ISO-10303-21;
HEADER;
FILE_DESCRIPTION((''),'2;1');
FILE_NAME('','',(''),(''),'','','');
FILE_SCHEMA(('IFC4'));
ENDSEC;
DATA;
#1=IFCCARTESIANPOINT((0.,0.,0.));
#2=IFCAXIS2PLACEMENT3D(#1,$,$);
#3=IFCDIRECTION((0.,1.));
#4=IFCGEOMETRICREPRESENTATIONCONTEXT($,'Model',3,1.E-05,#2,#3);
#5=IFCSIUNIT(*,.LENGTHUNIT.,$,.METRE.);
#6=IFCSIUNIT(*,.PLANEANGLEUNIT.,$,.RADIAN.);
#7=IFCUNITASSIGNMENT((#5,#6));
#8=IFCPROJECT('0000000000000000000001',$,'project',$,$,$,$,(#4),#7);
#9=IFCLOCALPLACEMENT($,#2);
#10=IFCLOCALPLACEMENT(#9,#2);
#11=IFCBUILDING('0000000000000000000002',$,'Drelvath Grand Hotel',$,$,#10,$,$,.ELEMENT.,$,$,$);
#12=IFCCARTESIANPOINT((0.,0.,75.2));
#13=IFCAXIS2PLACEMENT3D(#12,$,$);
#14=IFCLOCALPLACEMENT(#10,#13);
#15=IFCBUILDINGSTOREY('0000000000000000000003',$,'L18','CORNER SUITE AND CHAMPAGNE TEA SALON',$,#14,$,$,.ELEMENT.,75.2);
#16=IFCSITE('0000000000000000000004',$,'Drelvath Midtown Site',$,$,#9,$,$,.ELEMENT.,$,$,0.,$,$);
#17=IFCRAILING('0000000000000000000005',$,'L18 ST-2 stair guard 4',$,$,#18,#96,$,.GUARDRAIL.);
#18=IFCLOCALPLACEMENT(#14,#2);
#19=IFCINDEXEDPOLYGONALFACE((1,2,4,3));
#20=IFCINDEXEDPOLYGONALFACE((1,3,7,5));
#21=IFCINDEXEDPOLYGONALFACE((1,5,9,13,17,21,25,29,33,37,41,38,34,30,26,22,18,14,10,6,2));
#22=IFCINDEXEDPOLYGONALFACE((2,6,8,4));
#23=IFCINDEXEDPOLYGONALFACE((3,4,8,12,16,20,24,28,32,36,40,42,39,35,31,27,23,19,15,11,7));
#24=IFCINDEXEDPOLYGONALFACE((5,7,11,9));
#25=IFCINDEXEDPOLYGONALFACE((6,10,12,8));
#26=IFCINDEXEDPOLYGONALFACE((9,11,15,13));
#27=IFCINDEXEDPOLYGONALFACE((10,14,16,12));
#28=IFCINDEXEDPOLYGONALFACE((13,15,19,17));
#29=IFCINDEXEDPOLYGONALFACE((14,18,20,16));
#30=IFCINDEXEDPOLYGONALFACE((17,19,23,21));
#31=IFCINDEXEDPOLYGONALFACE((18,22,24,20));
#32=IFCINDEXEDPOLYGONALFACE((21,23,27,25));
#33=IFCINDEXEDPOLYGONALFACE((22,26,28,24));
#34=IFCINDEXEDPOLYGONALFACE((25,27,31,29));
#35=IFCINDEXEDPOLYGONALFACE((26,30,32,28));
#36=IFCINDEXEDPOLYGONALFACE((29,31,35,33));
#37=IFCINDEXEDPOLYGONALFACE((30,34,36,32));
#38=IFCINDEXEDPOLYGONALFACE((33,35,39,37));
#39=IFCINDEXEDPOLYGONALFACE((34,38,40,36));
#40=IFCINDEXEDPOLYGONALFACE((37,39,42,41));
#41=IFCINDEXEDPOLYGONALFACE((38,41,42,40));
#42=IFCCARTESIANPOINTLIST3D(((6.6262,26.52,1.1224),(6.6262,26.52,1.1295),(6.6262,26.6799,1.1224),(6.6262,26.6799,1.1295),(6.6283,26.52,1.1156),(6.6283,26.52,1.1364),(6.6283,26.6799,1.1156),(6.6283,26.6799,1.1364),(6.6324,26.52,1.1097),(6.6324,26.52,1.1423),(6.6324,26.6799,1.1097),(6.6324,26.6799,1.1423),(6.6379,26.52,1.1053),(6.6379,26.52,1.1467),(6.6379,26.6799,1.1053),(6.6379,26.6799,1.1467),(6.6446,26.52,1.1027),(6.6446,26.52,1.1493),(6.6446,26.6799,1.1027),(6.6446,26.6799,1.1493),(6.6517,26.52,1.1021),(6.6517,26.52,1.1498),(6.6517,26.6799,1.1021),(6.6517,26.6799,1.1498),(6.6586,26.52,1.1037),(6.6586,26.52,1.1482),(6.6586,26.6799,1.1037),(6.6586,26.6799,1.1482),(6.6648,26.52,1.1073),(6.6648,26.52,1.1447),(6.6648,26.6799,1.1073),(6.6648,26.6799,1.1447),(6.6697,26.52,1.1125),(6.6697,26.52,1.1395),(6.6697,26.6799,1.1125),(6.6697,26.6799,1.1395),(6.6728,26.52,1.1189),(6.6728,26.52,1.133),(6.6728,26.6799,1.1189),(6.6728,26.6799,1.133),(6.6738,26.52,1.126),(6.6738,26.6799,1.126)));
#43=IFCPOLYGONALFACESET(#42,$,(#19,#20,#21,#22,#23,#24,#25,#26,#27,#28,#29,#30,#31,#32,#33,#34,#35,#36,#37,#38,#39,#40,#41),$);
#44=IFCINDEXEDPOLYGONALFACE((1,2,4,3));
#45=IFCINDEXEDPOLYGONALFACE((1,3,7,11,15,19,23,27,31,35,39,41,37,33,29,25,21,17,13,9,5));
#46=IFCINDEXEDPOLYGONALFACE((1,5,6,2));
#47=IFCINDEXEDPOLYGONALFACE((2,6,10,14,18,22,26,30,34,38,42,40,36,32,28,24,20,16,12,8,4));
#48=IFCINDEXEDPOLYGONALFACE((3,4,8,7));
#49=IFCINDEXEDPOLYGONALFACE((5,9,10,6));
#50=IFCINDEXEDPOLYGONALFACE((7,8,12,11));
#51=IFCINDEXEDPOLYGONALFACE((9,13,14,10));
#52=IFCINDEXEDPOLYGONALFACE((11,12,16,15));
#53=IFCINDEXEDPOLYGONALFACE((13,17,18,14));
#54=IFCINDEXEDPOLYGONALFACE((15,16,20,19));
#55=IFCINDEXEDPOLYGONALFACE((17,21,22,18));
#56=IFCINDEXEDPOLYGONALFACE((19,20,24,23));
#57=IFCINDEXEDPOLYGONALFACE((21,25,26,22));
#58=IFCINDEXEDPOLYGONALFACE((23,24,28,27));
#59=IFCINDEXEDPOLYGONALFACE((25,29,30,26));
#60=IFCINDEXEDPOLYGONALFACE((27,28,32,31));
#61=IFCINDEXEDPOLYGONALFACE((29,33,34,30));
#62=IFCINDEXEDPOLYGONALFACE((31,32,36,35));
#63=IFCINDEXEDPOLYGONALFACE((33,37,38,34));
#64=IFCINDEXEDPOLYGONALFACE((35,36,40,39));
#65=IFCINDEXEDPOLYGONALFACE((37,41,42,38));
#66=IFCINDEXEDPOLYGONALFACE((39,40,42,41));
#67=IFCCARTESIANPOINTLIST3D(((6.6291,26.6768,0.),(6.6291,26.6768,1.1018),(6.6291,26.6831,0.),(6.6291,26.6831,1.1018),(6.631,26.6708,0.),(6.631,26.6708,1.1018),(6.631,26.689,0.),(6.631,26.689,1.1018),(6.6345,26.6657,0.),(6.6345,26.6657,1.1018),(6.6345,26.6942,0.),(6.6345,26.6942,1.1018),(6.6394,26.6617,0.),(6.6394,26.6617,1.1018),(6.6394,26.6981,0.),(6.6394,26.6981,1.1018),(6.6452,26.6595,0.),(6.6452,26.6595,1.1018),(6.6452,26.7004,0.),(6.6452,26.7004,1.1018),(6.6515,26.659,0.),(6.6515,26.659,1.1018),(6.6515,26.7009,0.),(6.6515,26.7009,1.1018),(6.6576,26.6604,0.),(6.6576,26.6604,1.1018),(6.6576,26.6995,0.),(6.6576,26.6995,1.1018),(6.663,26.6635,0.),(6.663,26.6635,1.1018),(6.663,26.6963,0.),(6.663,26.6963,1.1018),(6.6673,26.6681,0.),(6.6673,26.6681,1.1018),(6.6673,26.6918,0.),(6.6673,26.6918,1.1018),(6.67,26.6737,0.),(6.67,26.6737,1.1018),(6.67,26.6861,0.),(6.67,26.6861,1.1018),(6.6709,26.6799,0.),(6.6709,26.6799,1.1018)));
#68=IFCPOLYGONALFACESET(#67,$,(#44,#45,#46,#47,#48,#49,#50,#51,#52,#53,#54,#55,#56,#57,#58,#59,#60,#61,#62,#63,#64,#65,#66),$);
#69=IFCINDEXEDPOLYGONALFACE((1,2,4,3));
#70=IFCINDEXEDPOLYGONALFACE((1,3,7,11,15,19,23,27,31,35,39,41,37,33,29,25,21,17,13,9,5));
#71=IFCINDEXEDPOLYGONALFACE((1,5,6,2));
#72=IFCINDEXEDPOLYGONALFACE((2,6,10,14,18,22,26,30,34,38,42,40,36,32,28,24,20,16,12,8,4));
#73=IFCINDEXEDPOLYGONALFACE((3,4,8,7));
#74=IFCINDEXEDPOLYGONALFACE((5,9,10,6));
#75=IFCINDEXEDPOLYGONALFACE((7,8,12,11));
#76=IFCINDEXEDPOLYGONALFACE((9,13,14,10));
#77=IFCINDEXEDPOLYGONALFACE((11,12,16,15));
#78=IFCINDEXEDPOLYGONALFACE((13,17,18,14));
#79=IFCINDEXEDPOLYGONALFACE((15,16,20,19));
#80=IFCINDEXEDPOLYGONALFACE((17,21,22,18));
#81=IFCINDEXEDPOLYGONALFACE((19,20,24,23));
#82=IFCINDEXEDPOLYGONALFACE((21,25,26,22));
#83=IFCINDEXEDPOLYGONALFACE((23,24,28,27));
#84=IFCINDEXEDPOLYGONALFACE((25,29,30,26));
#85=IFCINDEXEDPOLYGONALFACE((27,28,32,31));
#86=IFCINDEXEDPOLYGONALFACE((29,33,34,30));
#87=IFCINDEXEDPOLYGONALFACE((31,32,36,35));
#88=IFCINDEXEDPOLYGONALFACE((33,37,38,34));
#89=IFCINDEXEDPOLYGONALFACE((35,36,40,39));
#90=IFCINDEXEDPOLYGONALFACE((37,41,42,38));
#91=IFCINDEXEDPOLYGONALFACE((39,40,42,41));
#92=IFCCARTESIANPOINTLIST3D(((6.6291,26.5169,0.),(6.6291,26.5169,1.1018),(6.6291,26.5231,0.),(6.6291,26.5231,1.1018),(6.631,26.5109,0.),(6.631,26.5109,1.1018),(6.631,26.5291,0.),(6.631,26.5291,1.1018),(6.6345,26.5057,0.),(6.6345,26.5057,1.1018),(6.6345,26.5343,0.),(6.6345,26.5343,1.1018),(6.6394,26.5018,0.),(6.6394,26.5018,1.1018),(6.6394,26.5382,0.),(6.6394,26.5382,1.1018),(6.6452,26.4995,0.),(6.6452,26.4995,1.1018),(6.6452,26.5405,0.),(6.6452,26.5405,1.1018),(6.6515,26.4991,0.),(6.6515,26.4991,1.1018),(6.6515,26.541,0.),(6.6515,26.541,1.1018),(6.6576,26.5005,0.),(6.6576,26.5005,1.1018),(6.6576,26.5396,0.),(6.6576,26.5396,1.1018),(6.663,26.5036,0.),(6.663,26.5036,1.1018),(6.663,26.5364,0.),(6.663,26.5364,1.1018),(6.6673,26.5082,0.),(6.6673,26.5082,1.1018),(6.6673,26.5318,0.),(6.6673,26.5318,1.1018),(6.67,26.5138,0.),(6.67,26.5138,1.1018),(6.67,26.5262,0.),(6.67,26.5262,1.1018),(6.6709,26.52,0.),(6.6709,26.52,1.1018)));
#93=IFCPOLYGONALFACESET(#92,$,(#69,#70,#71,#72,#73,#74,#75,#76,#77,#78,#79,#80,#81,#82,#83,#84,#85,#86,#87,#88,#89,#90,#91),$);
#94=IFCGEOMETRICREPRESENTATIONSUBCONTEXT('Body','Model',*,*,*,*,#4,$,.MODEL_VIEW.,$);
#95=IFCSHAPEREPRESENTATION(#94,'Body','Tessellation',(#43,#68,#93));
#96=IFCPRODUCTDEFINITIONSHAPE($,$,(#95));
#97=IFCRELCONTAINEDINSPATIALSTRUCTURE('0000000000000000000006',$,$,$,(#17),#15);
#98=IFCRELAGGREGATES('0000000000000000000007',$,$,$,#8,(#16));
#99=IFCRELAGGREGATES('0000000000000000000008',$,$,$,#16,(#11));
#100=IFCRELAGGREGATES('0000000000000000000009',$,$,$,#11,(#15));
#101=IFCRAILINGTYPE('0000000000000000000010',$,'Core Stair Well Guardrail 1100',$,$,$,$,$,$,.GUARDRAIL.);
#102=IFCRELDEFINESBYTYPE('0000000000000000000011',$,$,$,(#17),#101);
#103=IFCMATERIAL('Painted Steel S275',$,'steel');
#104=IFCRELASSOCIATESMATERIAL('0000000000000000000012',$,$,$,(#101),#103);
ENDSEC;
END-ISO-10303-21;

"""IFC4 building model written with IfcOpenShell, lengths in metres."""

from ifc_helpers import new_model, si_unit, direction, frame, origin, origin_2d, place, context, subcontext, project, spatial, circle, extrude, material, type_object, element, save


model = new_model("IFC4")

# Units and contexts
model_context = context("Model", 3, precision=1e-05, world=origin(), true_north=direction((0.0, 1.0)))
body_context = subcontext(model_context, "Body", "Model", "MODEL_VIEW")
ifc_project = project(units=[si_unit("LENGTHUNIT", "METRE"), si_unit("PLANEANGLEUNIT", "RADIAN")], contexts=[model_context])

# Site, building, storey
site_placement = place(None, origin())
site = spatial("IfcSite", under=ifc_project, at=site_placement, Name="Drelvath Midtown Site", CompositionType="ELEMENT", RefElevation=0.0)
building_placement = place(site_placement, origin())
building = spatial("IfcBuilding", under=site, at=building_placement, Name="Drelvath Grand Hotel", CompositionType="ELEMENT")
storey_placement = place(building_placement, frame((0.0, 0.0, 75.2)))
storey = spatial("IfcBuildingStorey", under=building, at=storey_placement, Name="L18", Description="CORNER SUITE AND CHAMPAGNE TEA SALON", CompositionType="ELEMENT", Elevation=75.2)

# Shared definitions
ifc_material_1 = material(Name="Painted Steel S275", Category="steel")

# Railing
railing_type_1 = type_object("IfcRailingType", Name="Core Stair Well Guardrail 1100", PredefinedType="GUARDRAIL", material=ifc_material_1)
railing_1_placement = place(storey_placement, frame((6.6499, 26.6799, 0.0)))
element("IfcRailing", 1, at=railing_1_placement, inside=storey, type_object=railing_type_1, Name="L18 ST-2 stair guard 4", PredefinedType="GUARDRAIL", context=body_context, shape_type="SweptSolid", body=[
    extrude(circle(Radius=0.0239, at=origin_2d()), frame((0.0, 0.0, 1.126), z_axis=(0.0, -1.0, 0.0), x_axis=(1.0, 0.0, 0.0)), (0.0, 0.0, 1.0), 0.1599),
    extrude(circle(Radius=0.021, at=origin_2d()), origin(), (0.0, 0.0, 1.0), 1.1018),
    extrude(circle(Radius=0.021, at=origin_2d()), frame((0.0, -0.1599, 0.0)), (0.0, 0.0, 1.0), 1.1018),
])

save(model, "model.ifc")
